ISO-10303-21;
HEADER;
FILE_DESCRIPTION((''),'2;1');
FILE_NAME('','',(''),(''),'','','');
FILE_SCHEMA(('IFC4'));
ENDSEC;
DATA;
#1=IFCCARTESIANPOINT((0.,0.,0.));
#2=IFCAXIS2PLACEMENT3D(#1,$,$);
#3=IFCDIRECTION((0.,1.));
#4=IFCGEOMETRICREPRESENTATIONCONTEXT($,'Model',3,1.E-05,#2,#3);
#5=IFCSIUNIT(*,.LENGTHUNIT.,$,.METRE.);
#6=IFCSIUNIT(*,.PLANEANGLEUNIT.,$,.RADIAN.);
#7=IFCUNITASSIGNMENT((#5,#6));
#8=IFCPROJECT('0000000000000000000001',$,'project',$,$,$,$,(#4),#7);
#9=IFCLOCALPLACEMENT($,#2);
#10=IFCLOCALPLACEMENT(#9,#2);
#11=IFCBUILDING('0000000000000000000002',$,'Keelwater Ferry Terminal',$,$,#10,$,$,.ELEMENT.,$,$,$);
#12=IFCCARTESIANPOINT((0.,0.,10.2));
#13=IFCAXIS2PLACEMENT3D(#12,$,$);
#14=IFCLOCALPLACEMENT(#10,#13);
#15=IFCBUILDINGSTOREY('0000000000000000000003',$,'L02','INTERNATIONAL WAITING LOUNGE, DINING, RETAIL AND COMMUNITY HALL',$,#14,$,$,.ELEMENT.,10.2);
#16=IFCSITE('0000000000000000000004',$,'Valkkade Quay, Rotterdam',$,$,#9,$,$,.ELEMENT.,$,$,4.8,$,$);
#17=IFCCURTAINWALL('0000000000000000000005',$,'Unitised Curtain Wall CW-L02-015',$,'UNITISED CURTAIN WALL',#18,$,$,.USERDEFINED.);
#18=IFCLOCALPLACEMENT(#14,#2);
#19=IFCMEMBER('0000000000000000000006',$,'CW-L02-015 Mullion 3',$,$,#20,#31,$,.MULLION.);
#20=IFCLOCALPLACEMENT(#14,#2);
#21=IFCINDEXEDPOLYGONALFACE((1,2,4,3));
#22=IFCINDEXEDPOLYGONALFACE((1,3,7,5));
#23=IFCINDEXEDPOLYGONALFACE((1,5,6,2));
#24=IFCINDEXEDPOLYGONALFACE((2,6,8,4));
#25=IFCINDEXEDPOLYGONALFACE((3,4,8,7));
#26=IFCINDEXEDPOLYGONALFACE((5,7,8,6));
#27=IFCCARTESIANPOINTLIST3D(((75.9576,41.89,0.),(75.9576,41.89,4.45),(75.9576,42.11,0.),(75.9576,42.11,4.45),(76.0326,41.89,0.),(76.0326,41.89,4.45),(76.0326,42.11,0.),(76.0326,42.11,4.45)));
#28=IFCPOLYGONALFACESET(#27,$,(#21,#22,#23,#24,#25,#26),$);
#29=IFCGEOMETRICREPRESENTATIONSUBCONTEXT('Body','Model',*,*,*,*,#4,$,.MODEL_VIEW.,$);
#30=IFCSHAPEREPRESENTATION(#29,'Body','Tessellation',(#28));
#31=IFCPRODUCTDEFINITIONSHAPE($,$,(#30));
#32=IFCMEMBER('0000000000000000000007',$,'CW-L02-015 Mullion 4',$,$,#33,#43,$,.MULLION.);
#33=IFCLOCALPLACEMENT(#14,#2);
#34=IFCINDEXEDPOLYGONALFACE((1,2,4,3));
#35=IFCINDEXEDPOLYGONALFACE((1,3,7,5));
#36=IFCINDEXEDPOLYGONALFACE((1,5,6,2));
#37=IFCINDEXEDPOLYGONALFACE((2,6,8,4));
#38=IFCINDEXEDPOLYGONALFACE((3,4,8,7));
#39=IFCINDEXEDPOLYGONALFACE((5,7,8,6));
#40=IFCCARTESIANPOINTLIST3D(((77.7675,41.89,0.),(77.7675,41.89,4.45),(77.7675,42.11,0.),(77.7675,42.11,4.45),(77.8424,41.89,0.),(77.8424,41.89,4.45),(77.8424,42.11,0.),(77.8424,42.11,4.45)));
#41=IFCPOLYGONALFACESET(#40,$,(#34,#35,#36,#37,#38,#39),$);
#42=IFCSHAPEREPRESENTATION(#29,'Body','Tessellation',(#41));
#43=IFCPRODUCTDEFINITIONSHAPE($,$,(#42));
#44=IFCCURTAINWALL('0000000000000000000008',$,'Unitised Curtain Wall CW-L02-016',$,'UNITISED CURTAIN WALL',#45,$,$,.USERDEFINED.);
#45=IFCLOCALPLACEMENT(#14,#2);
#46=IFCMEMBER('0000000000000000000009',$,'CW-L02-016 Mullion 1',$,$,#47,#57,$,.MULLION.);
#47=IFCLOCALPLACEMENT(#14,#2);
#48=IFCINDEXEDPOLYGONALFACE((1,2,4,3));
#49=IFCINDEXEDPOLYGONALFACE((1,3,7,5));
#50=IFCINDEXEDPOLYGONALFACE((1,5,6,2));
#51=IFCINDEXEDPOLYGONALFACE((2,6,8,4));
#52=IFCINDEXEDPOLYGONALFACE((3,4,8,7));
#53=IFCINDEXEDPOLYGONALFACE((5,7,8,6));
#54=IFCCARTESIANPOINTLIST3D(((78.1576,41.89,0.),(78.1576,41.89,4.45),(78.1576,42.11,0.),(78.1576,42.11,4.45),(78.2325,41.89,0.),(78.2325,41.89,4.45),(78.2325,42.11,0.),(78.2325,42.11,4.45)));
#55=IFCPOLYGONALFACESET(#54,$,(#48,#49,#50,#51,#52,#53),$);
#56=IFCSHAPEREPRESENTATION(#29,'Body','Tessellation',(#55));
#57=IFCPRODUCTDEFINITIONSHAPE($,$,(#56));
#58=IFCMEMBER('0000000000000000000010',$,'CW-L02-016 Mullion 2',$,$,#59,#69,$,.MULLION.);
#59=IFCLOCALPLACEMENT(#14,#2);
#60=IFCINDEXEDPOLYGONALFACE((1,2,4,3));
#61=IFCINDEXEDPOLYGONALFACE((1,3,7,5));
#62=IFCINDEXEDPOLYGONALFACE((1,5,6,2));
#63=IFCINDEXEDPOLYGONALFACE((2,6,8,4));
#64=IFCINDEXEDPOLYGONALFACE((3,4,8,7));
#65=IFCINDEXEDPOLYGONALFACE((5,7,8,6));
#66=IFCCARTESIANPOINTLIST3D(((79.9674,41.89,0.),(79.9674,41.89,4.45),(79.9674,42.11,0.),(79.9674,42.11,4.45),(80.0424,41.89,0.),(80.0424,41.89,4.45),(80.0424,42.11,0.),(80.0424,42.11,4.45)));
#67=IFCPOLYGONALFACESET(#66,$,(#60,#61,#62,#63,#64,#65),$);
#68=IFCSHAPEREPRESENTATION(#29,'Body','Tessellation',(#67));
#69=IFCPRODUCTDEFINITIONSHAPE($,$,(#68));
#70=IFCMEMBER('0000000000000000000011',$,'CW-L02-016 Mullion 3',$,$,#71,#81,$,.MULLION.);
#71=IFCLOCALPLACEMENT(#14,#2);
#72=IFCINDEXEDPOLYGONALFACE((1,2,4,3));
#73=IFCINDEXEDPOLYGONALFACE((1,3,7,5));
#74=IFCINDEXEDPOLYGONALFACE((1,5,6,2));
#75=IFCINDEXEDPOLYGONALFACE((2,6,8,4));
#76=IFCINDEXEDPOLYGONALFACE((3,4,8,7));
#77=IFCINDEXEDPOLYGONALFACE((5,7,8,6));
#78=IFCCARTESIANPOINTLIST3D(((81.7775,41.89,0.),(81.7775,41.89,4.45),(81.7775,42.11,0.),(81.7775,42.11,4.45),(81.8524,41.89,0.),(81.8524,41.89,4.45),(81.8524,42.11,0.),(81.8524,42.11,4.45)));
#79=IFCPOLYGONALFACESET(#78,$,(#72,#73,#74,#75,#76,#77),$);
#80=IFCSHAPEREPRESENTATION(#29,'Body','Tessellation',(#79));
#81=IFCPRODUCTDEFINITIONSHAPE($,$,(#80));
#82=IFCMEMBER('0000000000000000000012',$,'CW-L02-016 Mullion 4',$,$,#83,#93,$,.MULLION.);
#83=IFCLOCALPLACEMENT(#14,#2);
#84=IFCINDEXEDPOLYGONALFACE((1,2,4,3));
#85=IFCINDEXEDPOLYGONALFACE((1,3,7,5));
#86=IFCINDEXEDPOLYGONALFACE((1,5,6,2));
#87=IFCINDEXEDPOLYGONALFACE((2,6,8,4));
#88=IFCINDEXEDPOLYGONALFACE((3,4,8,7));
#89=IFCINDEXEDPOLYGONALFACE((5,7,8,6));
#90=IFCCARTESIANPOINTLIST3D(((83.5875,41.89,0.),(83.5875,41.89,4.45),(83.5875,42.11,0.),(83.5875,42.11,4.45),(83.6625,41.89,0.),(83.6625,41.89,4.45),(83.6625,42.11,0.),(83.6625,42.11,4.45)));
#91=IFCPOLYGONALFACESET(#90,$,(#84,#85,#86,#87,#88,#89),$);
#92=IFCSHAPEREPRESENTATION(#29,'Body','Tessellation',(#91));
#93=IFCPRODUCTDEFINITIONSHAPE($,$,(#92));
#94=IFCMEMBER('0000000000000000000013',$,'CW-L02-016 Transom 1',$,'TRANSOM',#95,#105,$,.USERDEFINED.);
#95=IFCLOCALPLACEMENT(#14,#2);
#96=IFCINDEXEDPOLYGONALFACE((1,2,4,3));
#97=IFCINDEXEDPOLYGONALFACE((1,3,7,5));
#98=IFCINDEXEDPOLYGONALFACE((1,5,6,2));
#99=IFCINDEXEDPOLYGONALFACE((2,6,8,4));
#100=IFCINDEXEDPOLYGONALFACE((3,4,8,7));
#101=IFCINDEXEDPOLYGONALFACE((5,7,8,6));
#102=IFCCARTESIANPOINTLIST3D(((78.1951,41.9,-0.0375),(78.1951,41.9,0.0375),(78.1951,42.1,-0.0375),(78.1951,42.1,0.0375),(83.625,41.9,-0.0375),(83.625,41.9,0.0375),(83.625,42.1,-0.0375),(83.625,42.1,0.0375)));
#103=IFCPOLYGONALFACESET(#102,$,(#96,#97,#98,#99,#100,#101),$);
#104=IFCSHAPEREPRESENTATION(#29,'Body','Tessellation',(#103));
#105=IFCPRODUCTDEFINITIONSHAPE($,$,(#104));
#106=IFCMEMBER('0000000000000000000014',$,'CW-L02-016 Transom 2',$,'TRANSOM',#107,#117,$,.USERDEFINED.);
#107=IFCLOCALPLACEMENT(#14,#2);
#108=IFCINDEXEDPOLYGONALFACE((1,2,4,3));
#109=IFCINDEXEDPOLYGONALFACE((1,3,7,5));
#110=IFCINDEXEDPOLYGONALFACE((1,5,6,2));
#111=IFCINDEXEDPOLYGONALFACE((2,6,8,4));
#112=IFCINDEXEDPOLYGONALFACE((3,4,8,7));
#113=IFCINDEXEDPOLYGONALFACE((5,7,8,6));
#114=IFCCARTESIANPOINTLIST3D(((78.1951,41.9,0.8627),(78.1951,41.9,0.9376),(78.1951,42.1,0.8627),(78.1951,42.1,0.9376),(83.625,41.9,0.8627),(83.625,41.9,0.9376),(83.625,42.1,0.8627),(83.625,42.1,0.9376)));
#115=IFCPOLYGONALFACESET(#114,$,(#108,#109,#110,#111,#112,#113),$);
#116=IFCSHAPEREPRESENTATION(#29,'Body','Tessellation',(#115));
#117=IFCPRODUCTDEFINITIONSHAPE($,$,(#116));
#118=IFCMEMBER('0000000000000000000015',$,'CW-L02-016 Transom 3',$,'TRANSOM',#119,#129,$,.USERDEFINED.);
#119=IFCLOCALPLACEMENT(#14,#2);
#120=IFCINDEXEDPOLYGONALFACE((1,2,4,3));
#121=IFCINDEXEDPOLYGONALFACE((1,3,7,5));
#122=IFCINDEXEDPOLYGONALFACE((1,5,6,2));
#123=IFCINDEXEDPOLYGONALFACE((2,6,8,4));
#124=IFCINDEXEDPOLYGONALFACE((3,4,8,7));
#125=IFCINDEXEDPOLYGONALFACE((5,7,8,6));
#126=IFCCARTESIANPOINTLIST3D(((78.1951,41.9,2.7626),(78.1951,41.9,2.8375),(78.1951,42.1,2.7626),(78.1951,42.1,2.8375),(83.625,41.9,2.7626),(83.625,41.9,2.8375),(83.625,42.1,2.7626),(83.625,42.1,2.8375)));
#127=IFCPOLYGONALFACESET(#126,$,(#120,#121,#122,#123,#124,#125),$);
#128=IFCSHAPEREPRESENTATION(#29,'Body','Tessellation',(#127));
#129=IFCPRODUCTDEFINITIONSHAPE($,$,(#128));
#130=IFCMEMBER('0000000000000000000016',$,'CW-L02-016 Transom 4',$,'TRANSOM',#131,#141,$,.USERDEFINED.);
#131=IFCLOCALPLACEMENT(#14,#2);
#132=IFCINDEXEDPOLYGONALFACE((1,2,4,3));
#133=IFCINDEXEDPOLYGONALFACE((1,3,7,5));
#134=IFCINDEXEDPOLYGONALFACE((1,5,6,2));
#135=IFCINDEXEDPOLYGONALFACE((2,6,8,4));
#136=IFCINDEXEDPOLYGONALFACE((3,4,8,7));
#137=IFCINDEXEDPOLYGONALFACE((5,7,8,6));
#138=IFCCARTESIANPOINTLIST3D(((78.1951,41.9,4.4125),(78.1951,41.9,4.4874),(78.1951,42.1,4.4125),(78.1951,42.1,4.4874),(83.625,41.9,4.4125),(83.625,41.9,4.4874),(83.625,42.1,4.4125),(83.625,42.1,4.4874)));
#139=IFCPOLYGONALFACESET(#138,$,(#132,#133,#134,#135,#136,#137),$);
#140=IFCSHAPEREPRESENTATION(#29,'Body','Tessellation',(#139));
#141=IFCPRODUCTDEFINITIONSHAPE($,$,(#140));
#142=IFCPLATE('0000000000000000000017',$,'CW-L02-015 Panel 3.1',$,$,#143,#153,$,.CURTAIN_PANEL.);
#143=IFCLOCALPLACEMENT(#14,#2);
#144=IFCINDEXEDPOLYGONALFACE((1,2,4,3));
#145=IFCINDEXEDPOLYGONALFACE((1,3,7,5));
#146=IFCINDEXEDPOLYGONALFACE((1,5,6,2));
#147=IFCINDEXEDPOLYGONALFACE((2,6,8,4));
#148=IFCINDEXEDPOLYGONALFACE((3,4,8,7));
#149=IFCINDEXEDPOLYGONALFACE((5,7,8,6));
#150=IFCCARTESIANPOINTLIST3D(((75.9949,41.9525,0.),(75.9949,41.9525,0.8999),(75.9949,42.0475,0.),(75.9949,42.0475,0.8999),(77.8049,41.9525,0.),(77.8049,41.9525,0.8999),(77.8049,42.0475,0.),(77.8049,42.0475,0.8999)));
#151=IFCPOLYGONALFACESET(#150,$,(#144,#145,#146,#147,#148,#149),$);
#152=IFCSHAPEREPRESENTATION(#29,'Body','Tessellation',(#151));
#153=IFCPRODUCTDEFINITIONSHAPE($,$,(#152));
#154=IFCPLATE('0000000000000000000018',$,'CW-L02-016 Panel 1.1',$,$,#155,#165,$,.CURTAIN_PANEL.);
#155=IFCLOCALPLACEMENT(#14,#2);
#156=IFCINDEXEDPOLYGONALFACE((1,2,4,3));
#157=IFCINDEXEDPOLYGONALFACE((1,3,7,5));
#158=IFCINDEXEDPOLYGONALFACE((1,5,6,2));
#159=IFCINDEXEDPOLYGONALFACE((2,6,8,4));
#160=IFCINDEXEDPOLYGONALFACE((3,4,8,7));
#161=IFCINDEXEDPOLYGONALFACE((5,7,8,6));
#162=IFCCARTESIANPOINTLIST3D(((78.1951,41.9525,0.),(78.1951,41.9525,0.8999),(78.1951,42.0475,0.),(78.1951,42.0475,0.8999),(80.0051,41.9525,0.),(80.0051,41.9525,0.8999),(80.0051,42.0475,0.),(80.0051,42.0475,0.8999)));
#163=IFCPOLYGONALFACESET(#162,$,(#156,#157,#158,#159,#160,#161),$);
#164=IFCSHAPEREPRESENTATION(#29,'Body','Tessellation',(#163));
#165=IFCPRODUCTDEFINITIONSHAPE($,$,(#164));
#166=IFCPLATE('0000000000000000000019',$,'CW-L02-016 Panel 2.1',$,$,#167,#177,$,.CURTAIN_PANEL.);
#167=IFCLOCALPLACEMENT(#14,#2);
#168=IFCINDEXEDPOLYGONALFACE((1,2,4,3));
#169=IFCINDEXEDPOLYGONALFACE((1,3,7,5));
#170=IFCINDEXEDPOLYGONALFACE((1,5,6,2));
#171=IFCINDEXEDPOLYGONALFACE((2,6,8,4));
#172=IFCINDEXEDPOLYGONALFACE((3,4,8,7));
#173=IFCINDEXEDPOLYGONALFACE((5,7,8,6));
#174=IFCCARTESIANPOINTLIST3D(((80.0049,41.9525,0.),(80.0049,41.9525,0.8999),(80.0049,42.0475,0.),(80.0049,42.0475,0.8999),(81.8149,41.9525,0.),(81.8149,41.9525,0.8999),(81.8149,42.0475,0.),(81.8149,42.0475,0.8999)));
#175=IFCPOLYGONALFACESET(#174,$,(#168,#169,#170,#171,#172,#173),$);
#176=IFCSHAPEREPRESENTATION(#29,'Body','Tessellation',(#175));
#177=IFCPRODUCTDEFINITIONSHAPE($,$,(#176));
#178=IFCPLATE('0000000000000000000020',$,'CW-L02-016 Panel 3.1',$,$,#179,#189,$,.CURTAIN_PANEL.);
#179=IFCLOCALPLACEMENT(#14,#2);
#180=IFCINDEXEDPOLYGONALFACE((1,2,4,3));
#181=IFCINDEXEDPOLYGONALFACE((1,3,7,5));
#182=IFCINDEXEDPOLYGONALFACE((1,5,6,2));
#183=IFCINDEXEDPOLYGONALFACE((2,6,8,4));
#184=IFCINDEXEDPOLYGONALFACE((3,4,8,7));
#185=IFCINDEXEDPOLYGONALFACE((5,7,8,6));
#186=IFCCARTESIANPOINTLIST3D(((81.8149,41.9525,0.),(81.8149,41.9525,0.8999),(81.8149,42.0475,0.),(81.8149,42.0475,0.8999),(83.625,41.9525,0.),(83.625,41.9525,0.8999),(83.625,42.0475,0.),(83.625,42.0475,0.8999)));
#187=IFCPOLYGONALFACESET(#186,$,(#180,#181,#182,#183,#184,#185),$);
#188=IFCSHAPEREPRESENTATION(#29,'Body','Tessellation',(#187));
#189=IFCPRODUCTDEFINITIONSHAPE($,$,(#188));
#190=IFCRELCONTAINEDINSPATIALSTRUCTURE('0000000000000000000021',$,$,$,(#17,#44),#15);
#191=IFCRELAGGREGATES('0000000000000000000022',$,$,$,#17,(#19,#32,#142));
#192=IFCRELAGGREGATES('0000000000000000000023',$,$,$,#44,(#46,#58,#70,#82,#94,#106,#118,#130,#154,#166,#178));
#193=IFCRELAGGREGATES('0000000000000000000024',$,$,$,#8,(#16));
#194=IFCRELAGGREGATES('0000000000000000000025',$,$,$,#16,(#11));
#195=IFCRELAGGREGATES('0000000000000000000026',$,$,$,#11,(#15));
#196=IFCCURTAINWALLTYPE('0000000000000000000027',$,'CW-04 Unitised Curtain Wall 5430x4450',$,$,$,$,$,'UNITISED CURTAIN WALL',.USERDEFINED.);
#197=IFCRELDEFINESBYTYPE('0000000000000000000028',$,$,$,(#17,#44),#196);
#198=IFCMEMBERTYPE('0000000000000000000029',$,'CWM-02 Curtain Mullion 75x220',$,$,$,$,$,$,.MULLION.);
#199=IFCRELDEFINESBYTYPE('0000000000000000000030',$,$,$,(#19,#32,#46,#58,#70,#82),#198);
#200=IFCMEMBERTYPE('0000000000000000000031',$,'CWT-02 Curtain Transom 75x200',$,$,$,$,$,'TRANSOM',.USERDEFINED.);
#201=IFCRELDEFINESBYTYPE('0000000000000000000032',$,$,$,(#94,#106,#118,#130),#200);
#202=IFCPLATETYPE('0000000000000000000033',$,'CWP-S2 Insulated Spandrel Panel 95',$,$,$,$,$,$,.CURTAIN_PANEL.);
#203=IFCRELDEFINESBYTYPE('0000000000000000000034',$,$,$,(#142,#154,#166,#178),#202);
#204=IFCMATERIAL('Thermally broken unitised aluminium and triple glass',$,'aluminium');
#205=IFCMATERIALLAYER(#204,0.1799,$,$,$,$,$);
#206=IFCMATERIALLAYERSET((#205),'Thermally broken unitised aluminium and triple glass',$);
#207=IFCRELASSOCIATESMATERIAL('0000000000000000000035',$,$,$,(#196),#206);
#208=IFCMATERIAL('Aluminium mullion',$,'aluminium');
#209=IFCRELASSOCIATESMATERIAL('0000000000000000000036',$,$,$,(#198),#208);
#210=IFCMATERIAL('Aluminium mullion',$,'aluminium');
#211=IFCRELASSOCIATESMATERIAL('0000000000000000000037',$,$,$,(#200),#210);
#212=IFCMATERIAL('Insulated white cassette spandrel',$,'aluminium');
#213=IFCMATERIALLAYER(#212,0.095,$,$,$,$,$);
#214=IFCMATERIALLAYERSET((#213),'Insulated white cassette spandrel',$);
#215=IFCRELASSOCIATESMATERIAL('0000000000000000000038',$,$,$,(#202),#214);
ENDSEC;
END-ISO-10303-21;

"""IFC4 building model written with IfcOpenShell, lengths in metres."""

from ifc_helpers import new_model, si_unit, direction, frame, origin, origin_2d, place, context, subcontext, project, spatial, rectangle, extrude, material, layer, layer_set, material_profile, profile_set, type_object, element, aggregate, save


model = new_model("IFC4")

# Units and contexts
model_context = context("Model", 3, precision=1e-05, world=origin(), true_north=direction((0.0, 1.0)))
body_context = subcontext(model_context, "Body", "Model", "MODEL_VIEW")
ifc_project = project(units=[si_unit("LENGTHUNIT", "METRE"), si_unit("PLANEANGLEUNIT", "RADIAN")], contexts=[model_context])

# Site, building, storey
site_placement = place(None, origin())
site = spatial("IfcSite", under=ifc_project, at=site_placement, Name="Valkkade Quay, Rotterdam", CompositionType="ELEMENT", RefElevation=4.8)
building_placement = place(site_placement, origin())
building = spatial("IfcBuilding", under=site, at=building_placement, Name="Keelwater Ferry Terminal", CompositionType="ELEMENT")
storey_placement = place(building_placement, frame((0.0, 0.0, 10.2)))
storey = spatial("IfcBuildingStorey", under=building, at=storey_placement, Name="L02", Description="INTERNATIONAL WAITING LOUNGE, DINING, RETAIL AND COMMUNITY HALL", CompositionType="ELEMENT", Elevation=10.2)

# Curtain walls, members
ifc_material_1 = material(Name="Thermally broken unitised aluminium and triple glass", Category="aluminium")
ifc_layer_1 = layer(ifc_material_1, 0.1799)
ifc_layer_set_1 = layer_set([ifc_layer_1], Name="Thermally broken unitised aluminium and triple glass")
curtain_wall_type = type_object("IfcCurtainWallType", Name="CW-04 Unitised Curtain Wall 5430x4450", ElementType="UNITISED CURTAIN WALL", PredefinedType="USERDEFINED", material=ifc_layer_set_1)
curtain_wall_1_placement = place(storey_placement, origin())
curtain_wall_1 = element("IfcCurtainWall", 1, at=curtain_wall_1_placement, inside=storey, type_object=curtain_wall_type, Name="Unitised Curtain Wall CW-L02-015", ObjectType="UNITISED CURTAIN WALL", PredefinedType="USERDEFINED")
ifc_material_2 = material(Name="Aluminium mullion", Category="aluminium")
ifc_material_profile_1 = material_profile(ifc_material_2, rectangle(XDim=0.075, YDim=0.22, at=origin_2d()), Name="CWM-02")
ifc_profile_set_1 = profile_set([ifc_material_profile_1], Name="Aluminium mullion")
member_type_1 = type_object("IfcMemberType", Name="CWM-02 Curtain Mullion 75x220", PredefinedType="MULLION", material=ifc_profile_set_1)
member_1_placement = place(storey_placement, frame((75.9951, 42.0, 0.0), z_axis=(0.0, 0.0, 1.0), x_axis=(1.0, 0.0, 0.0)))
member_1 = element("IfcMember", 2, at=member_1_placement, type_object=member_type_1, Name="CW-L02-015 Mullion 3", PredefinedType="MULLION", context=body_context, shape_type="SweptSolid", body=[
    extrude(rectangle(XDim=0.075, YDim=0.22, at=origin_2d()), origin(), (0.0, 0.0, 1.0), 4.45),
])
member_2_placement = place(storey_placement, frame((77.8049, 42.0, 0.0), z_axis=(0.0, 0.0, 1.0), x_axis=(1.0, 0.0, 0.0)))
member_2 = element("IfcMember", 3, at=member_2_placement, type_object=member_type_1, Name="CW-L02-015 Mullion 4", PredefinedType="MULLION", context=body_context, shape_type="SweptSolid", body=[
    extrude(rectangle(XDim=0.075, YDim=0.22, at=origin_2d()), origin(), (0.0, 0.0, 1.0), 4.45),
])
curtain_wall_2_placement = place(storey_placement, origin())
curtain_wall_2 = element("IfcCurtainWall", 4, at=curtain_wall_2_placement, inside=storey, type_object=curtain_wall_type, Name="Unitised Curtain Wall CW-L02-016", ObjectType="UNITISED CURTAIN WALL", PredefinedType="USERDEFINED")
member_3_placement = place(storey_placement, frame((78.1951, 42.0, 0.0), z_axis=(0.0, 0.0, 1.0), x_axis=(1.0, 0.0, 0.0)))
member_3 = element("IfcMember", 5, at=member_3_placement, type_object=member_type_1, Name="CW-L02-016 Mullion 1", PredefinedType="MULLION", context=body_context, shape_type="SweptSolid", body=[
    extrude(rectangle(XDim=0.075, YDim=0.22, at=origin_2d()), origin(), (0.0, 0.0, 1.0), 4.45),
])
member_4_placement = place(storey_placement, frame((80.0049, 42.0, 0.0), z_axis=(0.0, 0.0, 1.0), x_axis=(1.0, 0.0, 0.0)))
member_4 = element("IfcMember", 6, at=member_4_placement, type_object=member_type_1, Name="CW-L02-016 Mullion 2", PredefinedType="MULLION", context=body_context, shape_type="SweptSolid", body=[
    extrude(rectangle(XDim=0.075, YDim=0.22, at=origin_2d()), origin(), (0.0, 0.0, 1.0), 4.45),
])
member_5_placement = place(storey_placement, frame((81.8149, 42.0, 0.0), z_axis=(0.0, 0.0, 1.0), x_axis=(1.0, 0.0, 0.0)))
member_5 = element("IfcMember", 7, at=member_5_placement, type_object=member_type_1, Name="CW-L02-016 Mullion 3", PredefinedType="MULLION", context=body_context, shape_type="SweptSolid", body=[
    extrude(rectangle(XDim=0.075, YDim=0.22, at=origin_2d()), origin(), (0.0, 0.0, 1.0), 4.45),
])
member_6_placement = place(storey_placement, frame((83.625, 42.0, 0.0), z_axis=(0.0, 0.0, 1.0), x_axis=(1.0, 0.0, 0.0)))
member_6 = element("IfcMember", 8, at=member_6_placement, type_object=member_type_1, Name="CW-L02-016 Mullion 4", PredefinedType="MULLION", context=body_context, shape_type="SweptSolid", body=[
    extrude(rectangle(XDim=0.075, YDim=0.22, at=origin_2d()), origin(), (0.0, 0.0, 1.0), 4.45),
])
ifc_material_3 = material(Name="Aluminium mullion", Category="aluminium")
ifc_material_profile_2 = material_profile(ifc_material_3, rectangle(XDim=0.2, YDim=0.075, at=origin_2d()), Name="CWT-02")
ifc_profile_set_2 = profile_set([ifc_material_profile_2], Name="Aluminium mullion")
member_type_2 = type_object("IfcMemberType", Name="CWT-02 Curtain Transom 75x200", ElementType="TRANSOM", PredefinedType="USERDEFINED", material=ifc_profile_set_2)
member_7_placement = place(storey_placement, frame((78.1951, 42.0, 0.0), z_axis=(1.0, 0.0, 0.0), x_axis=(0.0, 1.0, 0.0)))
member_7 = element("IfcMember", 9, at=member_7_placement, type_object=member_type_2, Name="CW-L02-016 Transom 1", ObjectType="TRANSOM", PredefinedType="USERDEFINED", context=body_context, shape_type="SweptSolid", body=[
    extrude(rectangle(XDim=0.2, YDim=0.075, at=origin_2d()), origin(), (0.0, 0.0, 1.0), 5.4299),
])
member_8_placement = place(storey_placement, frame((78.1951, 42.0, 0.9001), z_axis=(1.0, 0.0, 0.0), x_axis=(0.0, 1.0, 0.0)))
member_8 = element("IfcMember", 10, at=member_8_placement, type_object=member_type_2, Name="CW-L02-016 Transom 2", ObjectType="TRANSOM", PredefinedType="USERDEFINED", context=body_context, shape_type="SweptSolid", body=[
    extrude(rectangle(XDim=0.2, YDim=0.075, at=origin_2d()), origin(), (0.0, 0.0, 1.0), 5.4299),
])
member_9_placement = place(storey_placement, frame((78.1951, 42.0, 2.8), z_axis=(1.0, 0.0, 0.0), x_axis=(0.0, 1.0, 0.0)))
member_9 = element("IfcMember", 11, at=member_9_placement, type_object=member_type_2, Name="CW-L02-016 Transom 3", ObjectType="TRANSOM", PredefinedType="USERDEFINED", context=body_context, shape_type="SweptSolid", body=[
    extrude(rectangle(XDim=0.2, YDim=0.075, at=origin_2d()), origin(), (0.0, 0.0, 1.0), 5.4299),
])
member_10_placement = place(storey_placement, frame((78.1951, 42.0, 4.45), z_axis=(1.0, 0.0, 0.0), x_axis=(0.0, 1.0, 0.0)))
member_10 = element("IfcMember", 12, at=member_10_placement, type_object=member_type_2, Name="CW-L02-016 Transom 4", ObjectType="TRANSOM", PredefinedType="USERDEFINED", context=body_context, shape_type="SweptSolid", body=[
    extrude(rectangle(XDim=0.2, YDim=0.075, at=origin_2d()), origin(), (0.0, 0.0, 1.0), 5.4299),
])

# Plates
ifc_material_4 = material(Name="Insulated white cassette spandrel", Category="aluminium")
ifc_layer_2 = layer(ifc_material_4, 0.095)
ifc_layer_set_2 = layer_set([ifc_layer_2], Name="Insulated white cassette spandrel")
plate_type_1 = type_object("IfcPlateType", Name="CWP-S2 Insulated Spandrel Panel 95", PredefinedType="CURTAIN_PANEL", material=ifc_layer_set_2)
plate_1_placement = place(storey_placement, frame((76.8999, 42.0, 0.0), z_axis=(0.0, 0.0, 1.0), x_axis=(1.0, 0.0, 0.0)))
plate_1 = element("IfcPlate", 13, at=plate_1_placement, type_object=plate_type_1, Name="CW-L02-015 Panel 3.1", PredefinedType="CURTAIN_PANEL", context=body_context, shape_type="SweptSolid", body=[
    extrude(rectangle(XDim=1.8101, YDim=0.095, at=origin_2d()), origin(), (0.0, 0.0, 1.0), 0.8999),
])
plate_2_placement = place(storey_placement, frame((79.1001, 42.0, 0.0), z_axis=(0.0, 0.0, 1.0), x_axis=(1.0, 0.0, 0.0)))
plate_2 = element("IfcPlate", 14, at=plate_2_placement, type_object=plate_type_1, Name="CW-L02-016 Panel 1.1", PredefinedType="CURTAIN_PANEL", context=body_context, shape_type="SweptSolid", body=[
    extrude(rectangle(XDim=1.8101, YDim=0.095, at=origin_2d()), origin(), (0.0, 0.0, 1.0), 0.8999),
])
plate_3_placement = place(storey_placement, frame((80.9099, 42.0, 0.0), z_axis=(0.0, 0.0, 1.0), x_axis=(1.0, 0.0, 0.0)))
plate_3 = element("IfcPlate", 15, at=plate_3_placement, type_object=plate_type_1, Name="CW-L02-016 Panel 2.1", PredefinedType="CURTAIN_PANEL", context=body_context, shape_type="SweptSolid", body=[
    extrude(rectangle(XDim=1.8101, YDim=0.095, at=origin_2d()), origin(), (0.0, 0.0, 1.0), 0.8999),
])
plate_4_placement = place(storey_placement, frame((82.72, 42.0, 0.0), z_axis=(0.0, 0.0, 1.0), x_axis=(1.0, 0.0, 0.0)))
plate_4 = element("IfcPlate", 16, at=plate_4_placement, type_object=plate_type_1, Name="CW-L02-016 Panel 3.1", PredefinedType="CURTAIN_PANEL", context=body_context, shape_type="SweptSolid", body=[
    extrude(rectangle(XDim=1.8101, YDim=0.095, at=origin_2d()), origin(), (0.0, 0.0, 1.0), 0.8999),
])
aggregate(curtain_wall_1, [member_1, member_2, plate_1])
aggregate(curtain_wall_2, [member_3, member_4, member_5, member_6, member_7, member_8, member_9, member_10, plate_2, plate_3, plate_4])

save(model, "model.ifc")
